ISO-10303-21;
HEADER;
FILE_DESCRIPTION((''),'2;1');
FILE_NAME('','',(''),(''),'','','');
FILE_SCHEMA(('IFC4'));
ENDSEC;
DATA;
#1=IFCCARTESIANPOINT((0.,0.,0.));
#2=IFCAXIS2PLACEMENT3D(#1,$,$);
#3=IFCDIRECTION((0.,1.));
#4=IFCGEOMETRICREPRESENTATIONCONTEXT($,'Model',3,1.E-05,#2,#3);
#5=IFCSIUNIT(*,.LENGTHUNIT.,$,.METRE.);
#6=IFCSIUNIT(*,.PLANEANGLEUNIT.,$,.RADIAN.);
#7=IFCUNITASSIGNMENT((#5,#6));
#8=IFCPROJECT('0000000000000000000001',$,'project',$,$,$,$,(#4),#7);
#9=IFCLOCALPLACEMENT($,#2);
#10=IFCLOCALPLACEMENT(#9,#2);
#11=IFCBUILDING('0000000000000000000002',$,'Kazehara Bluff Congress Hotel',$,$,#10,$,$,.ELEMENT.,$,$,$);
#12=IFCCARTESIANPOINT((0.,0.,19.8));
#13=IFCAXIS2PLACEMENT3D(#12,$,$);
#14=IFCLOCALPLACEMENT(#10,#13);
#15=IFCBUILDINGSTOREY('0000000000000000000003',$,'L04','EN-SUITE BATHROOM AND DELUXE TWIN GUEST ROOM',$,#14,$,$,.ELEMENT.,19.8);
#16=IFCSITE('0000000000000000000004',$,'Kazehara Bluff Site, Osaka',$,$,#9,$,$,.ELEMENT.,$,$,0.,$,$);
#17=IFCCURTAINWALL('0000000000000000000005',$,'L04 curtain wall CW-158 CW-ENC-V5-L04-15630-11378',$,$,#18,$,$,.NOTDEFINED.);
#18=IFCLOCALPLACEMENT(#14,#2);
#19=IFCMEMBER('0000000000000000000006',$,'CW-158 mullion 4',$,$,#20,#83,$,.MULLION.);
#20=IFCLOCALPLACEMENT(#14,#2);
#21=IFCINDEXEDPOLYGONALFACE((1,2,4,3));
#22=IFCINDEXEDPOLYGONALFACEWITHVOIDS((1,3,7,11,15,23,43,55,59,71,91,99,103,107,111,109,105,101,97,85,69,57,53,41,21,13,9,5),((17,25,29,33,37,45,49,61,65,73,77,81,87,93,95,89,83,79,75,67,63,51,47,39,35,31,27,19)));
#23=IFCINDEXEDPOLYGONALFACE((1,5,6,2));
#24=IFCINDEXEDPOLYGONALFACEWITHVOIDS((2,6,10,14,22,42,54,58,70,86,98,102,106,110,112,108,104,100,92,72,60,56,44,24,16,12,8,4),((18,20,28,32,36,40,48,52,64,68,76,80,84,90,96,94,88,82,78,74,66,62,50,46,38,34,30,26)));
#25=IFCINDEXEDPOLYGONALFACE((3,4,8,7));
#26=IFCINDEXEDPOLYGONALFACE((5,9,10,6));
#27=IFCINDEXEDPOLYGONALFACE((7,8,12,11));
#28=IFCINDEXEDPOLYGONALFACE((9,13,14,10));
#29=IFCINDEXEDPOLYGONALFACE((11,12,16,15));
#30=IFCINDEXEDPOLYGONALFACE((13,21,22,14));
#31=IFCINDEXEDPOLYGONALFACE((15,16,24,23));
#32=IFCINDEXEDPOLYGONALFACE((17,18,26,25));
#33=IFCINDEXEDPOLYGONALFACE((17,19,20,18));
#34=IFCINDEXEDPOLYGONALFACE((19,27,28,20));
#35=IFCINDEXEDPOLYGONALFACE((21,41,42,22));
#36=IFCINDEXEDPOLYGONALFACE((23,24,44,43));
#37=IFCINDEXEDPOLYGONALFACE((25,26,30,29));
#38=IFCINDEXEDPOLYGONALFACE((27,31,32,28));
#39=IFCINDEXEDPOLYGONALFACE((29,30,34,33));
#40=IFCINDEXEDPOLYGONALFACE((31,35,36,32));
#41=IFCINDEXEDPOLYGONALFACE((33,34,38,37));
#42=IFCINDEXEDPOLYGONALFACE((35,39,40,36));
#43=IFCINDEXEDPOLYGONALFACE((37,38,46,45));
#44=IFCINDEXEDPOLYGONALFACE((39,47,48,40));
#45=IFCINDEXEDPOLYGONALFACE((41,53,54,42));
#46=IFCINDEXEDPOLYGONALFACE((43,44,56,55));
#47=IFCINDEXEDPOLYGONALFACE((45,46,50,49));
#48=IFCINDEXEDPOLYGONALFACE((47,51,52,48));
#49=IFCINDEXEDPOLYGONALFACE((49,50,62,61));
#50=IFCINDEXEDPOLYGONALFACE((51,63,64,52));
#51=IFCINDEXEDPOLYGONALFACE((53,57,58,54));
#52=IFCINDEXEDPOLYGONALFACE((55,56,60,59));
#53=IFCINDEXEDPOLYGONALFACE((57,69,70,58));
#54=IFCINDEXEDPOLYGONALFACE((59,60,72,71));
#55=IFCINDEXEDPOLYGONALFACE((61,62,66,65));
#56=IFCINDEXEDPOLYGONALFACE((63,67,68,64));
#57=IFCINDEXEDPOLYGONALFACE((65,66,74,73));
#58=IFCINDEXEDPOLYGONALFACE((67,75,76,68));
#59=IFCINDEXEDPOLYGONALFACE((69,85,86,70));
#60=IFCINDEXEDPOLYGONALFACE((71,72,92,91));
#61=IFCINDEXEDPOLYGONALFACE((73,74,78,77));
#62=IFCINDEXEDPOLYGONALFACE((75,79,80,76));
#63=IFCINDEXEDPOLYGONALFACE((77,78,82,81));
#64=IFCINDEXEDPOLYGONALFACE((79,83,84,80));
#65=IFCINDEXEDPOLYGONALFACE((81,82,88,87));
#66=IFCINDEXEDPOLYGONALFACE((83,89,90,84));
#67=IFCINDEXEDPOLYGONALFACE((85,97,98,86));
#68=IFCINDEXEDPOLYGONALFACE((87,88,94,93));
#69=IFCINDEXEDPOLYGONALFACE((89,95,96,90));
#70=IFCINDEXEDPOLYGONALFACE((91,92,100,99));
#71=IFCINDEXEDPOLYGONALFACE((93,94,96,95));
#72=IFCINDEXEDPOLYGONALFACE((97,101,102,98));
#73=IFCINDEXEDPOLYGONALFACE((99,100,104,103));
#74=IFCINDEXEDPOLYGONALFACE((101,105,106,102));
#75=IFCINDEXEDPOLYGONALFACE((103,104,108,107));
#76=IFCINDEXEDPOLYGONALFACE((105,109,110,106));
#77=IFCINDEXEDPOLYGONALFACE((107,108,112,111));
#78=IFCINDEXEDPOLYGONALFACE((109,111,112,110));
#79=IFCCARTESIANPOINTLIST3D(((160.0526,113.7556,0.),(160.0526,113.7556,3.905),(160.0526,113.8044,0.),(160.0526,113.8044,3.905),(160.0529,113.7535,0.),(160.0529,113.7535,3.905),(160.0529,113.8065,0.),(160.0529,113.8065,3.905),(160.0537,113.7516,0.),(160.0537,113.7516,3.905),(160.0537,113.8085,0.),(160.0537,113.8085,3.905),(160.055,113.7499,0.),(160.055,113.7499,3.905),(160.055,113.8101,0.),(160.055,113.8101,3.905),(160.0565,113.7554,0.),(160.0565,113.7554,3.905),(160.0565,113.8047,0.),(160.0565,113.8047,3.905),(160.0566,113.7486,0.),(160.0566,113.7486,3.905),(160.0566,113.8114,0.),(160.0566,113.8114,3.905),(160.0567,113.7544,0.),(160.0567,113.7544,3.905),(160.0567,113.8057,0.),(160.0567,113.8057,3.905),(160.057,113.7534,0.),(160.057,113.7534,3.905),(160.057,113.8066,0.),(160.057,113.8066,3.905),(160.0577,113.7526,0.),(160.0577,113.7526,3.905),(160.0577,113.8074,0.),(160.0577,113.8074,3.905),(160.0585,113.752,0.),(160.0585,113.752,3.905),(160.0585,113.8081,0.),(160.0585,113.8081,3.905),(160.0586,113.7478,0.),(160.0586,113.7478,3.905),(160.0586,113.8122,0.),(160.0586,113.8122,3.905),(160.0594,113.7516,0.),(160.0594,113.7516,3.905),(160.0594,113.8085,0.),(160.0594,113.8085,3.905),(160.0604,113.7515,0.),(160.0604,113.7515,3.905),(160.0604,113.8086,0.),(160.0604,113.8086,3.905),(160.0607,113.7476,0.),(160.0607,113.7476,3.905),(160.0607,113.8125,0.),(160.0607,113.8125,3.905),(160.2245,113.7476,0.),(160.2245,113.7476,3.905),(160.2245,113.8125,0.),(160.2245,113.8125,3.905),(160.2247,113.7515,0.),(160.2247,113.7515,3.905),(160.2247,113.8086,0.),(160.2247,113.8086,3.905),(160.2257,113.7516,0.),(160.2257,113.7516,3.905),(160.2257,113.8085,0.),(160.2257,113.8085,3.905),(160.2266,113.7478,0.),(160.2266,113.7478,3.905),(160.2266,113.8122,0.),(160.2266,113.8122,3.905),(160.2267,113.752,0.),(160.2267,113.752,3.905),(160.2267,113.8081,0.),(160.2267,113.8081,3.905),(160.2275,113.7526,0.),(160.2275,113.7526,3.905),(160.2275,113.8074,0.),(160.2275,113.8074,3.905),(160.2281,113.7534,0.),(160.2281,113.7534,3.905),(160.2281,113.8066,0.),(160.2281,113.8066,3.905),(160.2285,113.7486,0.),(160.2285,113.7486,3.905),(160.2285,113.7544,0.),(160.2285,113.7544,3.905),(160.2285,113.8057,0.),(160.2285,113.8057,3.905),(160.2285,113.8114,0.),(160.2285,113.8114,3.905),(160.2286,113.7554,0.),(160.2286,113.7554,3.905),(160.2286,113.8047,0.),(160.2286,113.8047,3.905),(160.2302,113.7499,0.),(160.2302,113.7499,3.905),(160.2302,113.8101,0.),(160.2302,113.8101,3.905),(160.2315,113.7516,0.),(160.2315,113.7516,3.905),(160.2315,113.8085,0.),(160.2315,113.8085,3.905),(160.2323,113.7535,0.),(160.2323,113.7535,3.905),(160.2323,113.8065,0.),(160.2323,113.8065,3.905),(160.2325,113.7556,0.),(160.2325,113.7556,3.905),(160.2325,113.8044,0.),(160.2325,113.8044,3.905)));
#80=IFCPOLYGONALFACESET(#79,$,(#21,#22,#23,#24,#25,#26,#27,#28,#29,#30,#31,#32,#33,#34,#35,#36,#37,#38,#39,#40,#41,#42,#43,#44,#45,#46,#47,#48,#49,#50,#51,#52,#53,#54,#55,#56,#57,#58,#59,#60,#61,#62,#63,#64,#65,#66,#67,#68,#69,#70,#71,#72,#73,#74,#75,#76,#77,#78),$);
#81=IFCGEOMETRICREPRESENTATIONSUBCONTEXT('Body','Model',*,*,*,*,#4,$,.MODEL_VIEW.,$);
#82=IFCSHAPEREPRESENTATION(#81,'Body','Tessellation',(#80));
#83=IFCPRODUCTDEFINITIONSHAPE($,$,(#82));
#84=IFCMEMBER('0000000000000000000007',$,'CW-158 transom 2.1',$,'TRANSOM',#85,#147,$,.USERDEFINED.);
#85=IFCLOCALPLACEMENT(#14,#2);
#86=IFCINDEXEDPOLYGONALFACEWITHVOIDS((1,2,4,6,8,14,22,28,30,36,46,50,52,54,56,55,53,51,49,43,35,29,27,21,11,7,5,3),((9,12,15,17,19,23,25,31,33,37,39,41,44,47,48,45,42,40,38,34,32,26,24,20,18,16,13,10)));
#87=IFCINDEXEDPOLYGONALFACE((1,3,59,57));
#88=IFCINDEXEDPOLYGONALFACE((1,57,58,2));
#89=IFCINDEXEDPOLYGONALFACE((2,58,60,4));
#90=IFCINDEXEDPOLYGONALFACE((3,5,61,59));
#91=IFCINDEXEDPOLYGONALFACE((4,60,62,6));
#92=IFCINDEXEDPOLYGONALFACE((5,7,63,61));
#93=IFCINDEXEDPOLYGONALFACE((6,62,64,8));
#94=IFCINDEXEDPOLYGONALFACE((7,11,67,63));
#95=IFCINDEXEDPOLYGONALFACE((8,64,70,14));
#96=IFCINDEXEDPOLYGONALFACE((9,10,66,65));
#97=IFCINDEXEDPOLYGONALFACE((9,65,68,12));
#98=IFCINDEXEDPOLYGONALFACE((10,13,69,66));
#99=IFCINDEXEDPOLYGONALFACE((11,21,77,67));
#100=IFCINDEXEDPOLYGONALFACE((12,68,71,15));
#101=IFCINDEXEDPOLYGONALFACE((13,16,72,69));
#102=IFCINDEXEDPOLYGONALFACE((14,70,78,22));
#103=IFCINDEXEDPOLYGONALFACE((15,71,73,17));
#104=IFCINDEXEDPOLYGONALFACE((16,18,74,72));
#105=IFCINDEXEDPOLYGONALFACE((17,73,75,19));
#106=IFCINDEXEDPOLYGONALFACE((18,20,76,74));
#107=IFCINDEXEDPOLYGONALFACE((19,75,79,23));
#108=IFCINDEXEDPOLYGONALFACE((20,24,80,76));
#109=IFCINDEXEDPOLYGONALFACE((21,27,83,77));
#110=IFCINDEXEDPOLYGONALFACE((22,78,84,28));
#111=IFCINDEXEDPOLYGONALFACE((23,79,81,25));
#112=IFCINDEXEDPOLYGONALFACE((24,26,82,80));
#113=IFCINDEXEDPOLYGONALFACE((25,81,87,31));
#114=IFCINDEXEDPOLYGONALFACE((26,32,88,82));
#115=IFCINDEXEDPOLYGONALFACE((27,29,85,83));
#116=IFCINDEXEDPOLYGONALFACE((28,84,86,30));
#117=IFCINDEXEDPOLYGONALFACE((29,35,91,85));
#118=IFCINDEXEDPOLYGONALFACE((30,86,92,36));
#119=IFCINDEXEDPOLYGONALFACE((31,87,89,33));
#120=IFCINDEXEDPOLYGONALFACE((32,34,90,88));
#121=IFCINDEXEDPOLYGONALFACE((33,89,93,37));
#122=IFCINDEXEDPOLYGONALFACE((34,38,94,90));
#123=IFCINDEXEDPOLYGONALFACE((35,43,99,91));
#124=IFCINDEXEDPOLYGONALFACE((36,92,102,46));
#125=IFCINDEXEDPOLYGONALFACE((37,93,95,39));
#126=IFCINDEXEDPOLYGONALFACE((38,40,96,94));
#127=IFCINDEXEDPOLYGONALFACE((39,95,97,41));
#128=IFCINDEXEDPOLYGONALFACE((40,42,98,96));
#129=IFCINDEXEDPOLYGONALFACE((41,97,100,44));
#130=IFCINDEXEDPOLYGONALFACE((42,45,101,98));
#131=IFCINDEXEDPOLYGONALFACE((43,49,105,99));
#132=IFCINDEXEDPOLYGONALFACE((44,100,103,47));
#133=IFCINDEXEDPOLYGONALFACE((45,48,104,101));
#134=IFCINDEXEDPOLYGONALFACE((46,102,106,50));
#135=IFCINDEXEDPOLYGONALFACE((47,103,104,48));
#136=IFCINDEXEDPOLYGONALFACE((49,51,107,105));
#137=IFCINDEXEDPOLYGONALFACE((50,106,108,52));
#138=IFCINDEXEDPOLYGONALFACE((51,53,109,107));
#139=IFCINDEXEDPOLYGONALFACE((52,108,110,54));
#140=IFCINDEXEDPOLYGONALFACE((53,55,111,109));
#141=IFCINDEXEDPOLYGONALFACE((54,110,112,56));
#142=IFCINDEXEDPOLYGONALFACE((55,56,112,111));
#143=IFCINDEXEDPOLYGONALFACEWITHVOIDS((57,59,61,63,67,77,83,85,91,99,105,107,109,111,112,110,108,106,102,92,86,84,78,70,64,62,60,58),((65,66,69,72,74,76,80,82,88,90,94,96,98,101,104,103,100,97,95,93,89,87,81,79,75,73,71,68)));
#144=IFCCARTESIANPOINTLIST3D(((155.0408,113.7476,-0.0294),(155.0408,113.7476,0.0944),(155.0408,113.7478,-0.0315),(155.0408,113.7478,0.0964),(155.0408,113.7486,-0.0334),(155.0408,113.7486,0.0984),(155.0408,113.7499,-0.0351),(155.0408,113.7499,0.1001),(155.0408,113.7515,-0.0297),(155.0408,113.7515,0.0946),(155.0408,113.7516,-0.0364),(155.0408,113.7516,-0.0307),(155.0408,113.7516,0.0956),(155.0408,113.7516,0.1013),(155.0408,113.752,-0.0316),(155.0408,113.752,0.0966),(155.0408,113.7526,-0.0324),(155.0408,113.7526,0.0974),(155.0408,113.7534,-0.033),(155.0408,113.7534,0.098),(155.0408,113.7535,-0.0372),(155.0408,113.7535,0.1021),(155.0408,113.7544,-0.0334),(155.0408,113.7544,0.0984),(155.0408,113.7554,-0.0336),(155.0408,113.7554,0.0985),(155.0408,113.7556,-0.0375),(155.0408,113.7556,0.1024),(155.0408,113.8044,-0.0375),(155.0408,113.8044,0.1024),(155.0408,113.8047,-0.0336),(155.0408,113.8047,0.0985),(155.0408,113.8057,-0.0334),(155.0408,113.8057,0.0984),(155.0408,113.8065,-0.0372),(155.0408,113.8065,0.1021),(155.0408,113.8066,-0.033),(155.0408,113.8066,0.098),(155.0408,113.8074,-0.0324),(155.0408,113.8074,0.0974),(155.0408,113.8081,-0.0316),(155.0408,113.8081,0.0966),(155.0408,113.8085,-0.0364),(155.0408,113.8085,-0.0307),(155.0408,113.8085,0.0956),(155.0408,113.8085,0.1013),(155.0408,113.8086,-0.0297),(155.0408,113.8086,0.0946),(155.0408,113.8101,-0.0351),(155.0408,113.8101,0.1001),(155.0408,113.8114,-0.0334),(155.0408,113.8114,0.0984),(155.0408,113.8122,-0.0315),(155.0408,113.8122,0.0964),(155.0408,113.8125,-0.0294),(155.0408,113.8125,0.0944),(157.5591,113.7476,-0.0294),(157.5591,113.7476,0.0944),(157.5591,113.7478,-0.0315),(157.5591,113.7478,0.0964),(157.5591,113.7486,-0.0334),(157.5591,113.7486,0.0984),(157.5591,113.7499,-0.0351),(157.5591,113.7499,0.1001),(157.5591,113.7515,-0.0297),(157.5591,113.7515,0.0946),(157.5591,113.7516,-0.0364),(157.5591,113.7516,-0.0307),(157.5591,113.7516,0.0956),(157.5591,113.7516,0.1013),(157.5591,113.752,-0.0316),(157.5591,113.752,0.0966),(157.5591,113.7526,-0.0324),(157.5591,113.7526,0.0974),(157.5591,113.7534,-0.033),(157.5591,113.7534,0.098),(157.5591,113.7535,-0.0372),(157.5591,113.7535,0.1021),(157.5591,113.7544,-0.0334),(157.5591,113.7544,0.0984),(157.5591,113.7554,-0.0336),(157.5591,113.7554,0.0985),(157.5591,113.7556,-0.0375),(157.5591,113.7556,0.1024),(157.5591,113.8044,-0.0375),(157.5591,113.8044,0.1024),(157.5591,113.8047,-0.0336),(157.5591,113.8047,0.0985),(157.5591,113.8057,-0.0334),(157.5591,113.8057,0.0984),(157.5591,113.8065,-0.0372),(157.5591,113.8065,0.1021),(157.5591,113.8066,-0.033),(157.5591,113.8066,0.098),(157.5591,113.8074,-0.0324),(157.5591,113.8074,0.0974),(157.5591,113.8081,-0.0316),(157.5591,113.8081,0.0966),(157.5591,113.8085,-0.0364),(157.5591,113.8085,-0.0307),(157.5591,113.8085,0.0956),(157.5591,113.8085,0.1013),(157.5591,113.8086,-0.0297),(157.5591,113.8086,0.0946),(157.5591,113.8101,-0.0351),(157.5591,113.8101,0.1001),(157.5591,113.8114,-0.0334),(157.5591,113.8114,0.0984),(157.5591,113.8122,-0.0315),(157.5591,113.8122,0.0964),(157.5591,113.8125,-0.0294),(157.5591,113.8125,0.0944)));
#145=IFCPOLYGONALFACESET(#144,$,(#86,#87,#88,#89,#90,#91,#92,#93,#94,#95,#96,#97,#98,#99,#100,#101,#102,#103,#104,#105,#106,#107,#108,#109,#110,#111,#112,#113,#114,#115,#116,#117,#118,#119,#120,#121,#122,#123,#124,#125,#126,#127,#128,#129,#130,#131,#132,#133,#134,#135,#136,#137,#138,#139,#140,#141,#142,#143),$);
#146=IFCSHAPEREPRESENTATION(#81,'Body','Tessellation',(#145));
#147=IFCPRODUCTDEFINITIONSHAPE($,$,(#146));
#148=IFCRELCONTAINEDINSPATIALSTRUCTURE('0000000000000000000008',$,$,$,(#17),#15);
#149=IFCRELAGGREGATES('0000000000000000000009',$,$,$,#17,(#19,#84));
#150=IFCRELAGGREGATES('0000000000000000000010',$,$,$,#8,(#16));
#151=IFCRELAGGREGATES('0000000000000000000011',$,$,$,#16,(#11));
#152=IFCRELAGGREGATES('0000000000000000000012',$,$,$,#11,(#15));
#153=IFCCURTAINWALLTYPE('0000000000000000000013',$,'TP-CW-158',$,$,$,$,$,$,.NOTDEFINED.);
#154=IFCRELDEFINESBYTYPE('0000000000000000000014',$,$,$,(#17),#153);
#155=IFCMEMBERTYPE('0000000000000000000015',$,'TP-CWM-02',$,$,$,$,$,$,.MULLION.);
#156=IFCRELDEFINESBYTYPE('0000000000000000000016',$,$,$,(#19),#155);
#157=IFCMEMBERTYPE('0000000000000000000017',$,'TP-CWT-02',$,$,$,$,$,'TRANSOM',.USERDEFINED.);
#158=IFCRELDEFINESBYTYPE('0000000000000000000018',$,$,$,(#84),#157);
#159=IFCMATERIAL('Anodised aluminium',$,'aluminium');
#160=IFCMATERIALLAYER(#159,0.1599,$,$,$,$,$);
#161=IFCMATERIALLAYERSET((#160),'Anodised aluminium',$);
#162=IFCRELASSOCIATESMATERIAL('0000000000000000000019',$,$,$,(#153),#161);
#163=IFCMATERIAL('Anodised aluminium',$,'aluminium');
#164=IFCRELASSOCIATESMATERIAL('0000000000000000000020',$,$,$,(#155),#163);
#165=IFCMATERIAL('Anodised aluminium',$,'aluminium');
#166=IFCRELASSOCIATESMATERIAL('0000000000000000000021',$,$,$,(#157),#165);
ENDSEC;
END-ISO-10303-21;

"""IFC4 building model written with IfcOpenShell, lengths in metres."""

from ifc_helpers import new_model, si_unit, direction, frame, origin, origin_2d, place, context, subcontext, project, spatial, hollow_rectangle, extrude, material, layer, layer_set, material_profile, profile_set, type_object, element, aggregate, save


model = new_model("IFC4")

# Units and contexts
model_context = context("Model", 3, precision=1e-05, world=origin(), true_north=direction((0.0, 1.0)))
body_context = subcontext(model_context, "Body", "Model", "MODEL_VIEW")
ifc_project = project(units=[si_unit("LENGTHUNIT", "METRE"), si_unit("PLANEANGLEUNIT", "RADIAN")], contexts=[model_context])

# Site, building, storey
site_placement = place(None, origin())
site = spatial("IfcSite", under=ifc_project, at=site_placement, Name="Kazehara Bluff Site, Osaka", CompositionType="ELEMENT", RefElevation=0.0)
building_placement = place(site_placement, origin())
building = spatial("IfcBuilding", under=site, at=building_placement, Name="Kazehara Bluff Congress Hotel", CompositionType="ELEMENT")
storey_placement = place(building_placement, frame((0.0, 0.0, 19.8)))
storey = spatial("IfcBuildingStorey", under=building, at=storey_placement, Name="L04", Description="EN-SUITE BATHROOM AND DELUXE TWIN GUEST ROOM", CompositionType="ELEMENT", Elevation=19.8)

# Curtain wall, members
ifc_material_1 = material(Name="Anodised aluminium", Category="aluminium")
ifc_layer_1 = layer(ifc_material_1, 0.1599)
ifc_layer_set_1 = layer_set([ifc_layer_1], Name="Anodised aluminium")
curtain_wall_type = type_object("IfcCurtainWallType", Name="TP-CW-158", PredefinedType="NOTDEFINED", material=ifc_layer_set_1)
curtain_wall_placement = place(storey_placement, origin())
curtain_wall = element("IfcCurtainWall", 1, at=curtain_wall_placement, inside=storey, type_object=curtain_wall_type, Name="L04 curtain wall CW-158 CW-ENC-V5-L04-15630-11378", PredefinedType="NOTDEFINED")
ifc_material_2 = material(Name="Anodised aluminium", Category="aluminium")
ifc_material_profile_1 = material_profile(ifc_material_2, hollow_rectangle(XDim=0.0649, YDim=0.1799, WallThickness=0.0039, InnerFilletRadius=0.0039, OuterFilletRadius=0.0081, at=origin_2d()))
ifc_profile_set_1 = profile_set([ifc_material_profile_1], Name="Anodised aluminium")
member_type_1 = type_object("IfcMemberType", Name="TP-CWM-02", PredefinedType="MULLION", material=ifc_profile_set_1)
member_1_placement = place(storey_placement, frame((160.1426, 113.78, 0.0), z_axis=(0.0, 0.0, 1.0), x_axis=(0.0, 1.0, 0.0)))
member_1 = element("IfcMember", 2, at=member_1_placement, type_object=member_type_1, Name="CW-158 mullion 4", PredefinedType="MULLION", context=body_context, shape_type="SweptSolid", body=[
    extrude(hollow_rectangle(XDim=0.0649, YDim=0.1799, WallThickness=0.0039, InnerFilletRadius=0.0039, OuterFilletRadius=0.0081, at=origin_2d()), origin(), (0.0, 0.0, 1.0), 3.905),
])
ifc_material_3 = material(Name="Anodised aluminium", Category="aluminium")
ifc_material_profile_2 = material_profile(ifc_material_3, hollow_rectangle(XDim=0.0649, YDim=0.1399, WallThickness=0.0039, InnerFilletRadius=0.0039, OuterFilletRadius=0.0081, at=origin_2d()))
ifc_profile_set_2 = profile_set([ifc_material_profile_2], Name="Anodised aluminium")
member_type_2 = type_object("IfcMemberType", Name="TP-CWT-02", ElementType="TRANSOM", PredefinedType="USERDEFINED", material=ifc_profile_set_2)
member_2_placement = place(storey_placement, frame((155.0408, 113.78, 0.0325), z_axis=(1.0, 0.0, 0.0), x_axis=(0.0, 1.0, 0.0)))
member_2 = element("IfcMember", 3, at=member_2_placement, type_object=member_type_2, Name="CW-158 transom 2.1", ObjectType="TRANSOM", PredefinedType="USERDEFINED", context=body_context, shape_type="SweptSolid", body=[
    extrude(hollow_rectangle(XDim=0.0649, YDim=0.1399, WallThickness=0.0039, InnerFilletRadius=0.0039, OuterFilletRadius=0.0081, at=origin_2d()), origin(), (0.0, 0.0, 1.0), 2.5183),
])
aggregate(curtain_wall, [member_1, member_2])

save(model, "model.ifc")
